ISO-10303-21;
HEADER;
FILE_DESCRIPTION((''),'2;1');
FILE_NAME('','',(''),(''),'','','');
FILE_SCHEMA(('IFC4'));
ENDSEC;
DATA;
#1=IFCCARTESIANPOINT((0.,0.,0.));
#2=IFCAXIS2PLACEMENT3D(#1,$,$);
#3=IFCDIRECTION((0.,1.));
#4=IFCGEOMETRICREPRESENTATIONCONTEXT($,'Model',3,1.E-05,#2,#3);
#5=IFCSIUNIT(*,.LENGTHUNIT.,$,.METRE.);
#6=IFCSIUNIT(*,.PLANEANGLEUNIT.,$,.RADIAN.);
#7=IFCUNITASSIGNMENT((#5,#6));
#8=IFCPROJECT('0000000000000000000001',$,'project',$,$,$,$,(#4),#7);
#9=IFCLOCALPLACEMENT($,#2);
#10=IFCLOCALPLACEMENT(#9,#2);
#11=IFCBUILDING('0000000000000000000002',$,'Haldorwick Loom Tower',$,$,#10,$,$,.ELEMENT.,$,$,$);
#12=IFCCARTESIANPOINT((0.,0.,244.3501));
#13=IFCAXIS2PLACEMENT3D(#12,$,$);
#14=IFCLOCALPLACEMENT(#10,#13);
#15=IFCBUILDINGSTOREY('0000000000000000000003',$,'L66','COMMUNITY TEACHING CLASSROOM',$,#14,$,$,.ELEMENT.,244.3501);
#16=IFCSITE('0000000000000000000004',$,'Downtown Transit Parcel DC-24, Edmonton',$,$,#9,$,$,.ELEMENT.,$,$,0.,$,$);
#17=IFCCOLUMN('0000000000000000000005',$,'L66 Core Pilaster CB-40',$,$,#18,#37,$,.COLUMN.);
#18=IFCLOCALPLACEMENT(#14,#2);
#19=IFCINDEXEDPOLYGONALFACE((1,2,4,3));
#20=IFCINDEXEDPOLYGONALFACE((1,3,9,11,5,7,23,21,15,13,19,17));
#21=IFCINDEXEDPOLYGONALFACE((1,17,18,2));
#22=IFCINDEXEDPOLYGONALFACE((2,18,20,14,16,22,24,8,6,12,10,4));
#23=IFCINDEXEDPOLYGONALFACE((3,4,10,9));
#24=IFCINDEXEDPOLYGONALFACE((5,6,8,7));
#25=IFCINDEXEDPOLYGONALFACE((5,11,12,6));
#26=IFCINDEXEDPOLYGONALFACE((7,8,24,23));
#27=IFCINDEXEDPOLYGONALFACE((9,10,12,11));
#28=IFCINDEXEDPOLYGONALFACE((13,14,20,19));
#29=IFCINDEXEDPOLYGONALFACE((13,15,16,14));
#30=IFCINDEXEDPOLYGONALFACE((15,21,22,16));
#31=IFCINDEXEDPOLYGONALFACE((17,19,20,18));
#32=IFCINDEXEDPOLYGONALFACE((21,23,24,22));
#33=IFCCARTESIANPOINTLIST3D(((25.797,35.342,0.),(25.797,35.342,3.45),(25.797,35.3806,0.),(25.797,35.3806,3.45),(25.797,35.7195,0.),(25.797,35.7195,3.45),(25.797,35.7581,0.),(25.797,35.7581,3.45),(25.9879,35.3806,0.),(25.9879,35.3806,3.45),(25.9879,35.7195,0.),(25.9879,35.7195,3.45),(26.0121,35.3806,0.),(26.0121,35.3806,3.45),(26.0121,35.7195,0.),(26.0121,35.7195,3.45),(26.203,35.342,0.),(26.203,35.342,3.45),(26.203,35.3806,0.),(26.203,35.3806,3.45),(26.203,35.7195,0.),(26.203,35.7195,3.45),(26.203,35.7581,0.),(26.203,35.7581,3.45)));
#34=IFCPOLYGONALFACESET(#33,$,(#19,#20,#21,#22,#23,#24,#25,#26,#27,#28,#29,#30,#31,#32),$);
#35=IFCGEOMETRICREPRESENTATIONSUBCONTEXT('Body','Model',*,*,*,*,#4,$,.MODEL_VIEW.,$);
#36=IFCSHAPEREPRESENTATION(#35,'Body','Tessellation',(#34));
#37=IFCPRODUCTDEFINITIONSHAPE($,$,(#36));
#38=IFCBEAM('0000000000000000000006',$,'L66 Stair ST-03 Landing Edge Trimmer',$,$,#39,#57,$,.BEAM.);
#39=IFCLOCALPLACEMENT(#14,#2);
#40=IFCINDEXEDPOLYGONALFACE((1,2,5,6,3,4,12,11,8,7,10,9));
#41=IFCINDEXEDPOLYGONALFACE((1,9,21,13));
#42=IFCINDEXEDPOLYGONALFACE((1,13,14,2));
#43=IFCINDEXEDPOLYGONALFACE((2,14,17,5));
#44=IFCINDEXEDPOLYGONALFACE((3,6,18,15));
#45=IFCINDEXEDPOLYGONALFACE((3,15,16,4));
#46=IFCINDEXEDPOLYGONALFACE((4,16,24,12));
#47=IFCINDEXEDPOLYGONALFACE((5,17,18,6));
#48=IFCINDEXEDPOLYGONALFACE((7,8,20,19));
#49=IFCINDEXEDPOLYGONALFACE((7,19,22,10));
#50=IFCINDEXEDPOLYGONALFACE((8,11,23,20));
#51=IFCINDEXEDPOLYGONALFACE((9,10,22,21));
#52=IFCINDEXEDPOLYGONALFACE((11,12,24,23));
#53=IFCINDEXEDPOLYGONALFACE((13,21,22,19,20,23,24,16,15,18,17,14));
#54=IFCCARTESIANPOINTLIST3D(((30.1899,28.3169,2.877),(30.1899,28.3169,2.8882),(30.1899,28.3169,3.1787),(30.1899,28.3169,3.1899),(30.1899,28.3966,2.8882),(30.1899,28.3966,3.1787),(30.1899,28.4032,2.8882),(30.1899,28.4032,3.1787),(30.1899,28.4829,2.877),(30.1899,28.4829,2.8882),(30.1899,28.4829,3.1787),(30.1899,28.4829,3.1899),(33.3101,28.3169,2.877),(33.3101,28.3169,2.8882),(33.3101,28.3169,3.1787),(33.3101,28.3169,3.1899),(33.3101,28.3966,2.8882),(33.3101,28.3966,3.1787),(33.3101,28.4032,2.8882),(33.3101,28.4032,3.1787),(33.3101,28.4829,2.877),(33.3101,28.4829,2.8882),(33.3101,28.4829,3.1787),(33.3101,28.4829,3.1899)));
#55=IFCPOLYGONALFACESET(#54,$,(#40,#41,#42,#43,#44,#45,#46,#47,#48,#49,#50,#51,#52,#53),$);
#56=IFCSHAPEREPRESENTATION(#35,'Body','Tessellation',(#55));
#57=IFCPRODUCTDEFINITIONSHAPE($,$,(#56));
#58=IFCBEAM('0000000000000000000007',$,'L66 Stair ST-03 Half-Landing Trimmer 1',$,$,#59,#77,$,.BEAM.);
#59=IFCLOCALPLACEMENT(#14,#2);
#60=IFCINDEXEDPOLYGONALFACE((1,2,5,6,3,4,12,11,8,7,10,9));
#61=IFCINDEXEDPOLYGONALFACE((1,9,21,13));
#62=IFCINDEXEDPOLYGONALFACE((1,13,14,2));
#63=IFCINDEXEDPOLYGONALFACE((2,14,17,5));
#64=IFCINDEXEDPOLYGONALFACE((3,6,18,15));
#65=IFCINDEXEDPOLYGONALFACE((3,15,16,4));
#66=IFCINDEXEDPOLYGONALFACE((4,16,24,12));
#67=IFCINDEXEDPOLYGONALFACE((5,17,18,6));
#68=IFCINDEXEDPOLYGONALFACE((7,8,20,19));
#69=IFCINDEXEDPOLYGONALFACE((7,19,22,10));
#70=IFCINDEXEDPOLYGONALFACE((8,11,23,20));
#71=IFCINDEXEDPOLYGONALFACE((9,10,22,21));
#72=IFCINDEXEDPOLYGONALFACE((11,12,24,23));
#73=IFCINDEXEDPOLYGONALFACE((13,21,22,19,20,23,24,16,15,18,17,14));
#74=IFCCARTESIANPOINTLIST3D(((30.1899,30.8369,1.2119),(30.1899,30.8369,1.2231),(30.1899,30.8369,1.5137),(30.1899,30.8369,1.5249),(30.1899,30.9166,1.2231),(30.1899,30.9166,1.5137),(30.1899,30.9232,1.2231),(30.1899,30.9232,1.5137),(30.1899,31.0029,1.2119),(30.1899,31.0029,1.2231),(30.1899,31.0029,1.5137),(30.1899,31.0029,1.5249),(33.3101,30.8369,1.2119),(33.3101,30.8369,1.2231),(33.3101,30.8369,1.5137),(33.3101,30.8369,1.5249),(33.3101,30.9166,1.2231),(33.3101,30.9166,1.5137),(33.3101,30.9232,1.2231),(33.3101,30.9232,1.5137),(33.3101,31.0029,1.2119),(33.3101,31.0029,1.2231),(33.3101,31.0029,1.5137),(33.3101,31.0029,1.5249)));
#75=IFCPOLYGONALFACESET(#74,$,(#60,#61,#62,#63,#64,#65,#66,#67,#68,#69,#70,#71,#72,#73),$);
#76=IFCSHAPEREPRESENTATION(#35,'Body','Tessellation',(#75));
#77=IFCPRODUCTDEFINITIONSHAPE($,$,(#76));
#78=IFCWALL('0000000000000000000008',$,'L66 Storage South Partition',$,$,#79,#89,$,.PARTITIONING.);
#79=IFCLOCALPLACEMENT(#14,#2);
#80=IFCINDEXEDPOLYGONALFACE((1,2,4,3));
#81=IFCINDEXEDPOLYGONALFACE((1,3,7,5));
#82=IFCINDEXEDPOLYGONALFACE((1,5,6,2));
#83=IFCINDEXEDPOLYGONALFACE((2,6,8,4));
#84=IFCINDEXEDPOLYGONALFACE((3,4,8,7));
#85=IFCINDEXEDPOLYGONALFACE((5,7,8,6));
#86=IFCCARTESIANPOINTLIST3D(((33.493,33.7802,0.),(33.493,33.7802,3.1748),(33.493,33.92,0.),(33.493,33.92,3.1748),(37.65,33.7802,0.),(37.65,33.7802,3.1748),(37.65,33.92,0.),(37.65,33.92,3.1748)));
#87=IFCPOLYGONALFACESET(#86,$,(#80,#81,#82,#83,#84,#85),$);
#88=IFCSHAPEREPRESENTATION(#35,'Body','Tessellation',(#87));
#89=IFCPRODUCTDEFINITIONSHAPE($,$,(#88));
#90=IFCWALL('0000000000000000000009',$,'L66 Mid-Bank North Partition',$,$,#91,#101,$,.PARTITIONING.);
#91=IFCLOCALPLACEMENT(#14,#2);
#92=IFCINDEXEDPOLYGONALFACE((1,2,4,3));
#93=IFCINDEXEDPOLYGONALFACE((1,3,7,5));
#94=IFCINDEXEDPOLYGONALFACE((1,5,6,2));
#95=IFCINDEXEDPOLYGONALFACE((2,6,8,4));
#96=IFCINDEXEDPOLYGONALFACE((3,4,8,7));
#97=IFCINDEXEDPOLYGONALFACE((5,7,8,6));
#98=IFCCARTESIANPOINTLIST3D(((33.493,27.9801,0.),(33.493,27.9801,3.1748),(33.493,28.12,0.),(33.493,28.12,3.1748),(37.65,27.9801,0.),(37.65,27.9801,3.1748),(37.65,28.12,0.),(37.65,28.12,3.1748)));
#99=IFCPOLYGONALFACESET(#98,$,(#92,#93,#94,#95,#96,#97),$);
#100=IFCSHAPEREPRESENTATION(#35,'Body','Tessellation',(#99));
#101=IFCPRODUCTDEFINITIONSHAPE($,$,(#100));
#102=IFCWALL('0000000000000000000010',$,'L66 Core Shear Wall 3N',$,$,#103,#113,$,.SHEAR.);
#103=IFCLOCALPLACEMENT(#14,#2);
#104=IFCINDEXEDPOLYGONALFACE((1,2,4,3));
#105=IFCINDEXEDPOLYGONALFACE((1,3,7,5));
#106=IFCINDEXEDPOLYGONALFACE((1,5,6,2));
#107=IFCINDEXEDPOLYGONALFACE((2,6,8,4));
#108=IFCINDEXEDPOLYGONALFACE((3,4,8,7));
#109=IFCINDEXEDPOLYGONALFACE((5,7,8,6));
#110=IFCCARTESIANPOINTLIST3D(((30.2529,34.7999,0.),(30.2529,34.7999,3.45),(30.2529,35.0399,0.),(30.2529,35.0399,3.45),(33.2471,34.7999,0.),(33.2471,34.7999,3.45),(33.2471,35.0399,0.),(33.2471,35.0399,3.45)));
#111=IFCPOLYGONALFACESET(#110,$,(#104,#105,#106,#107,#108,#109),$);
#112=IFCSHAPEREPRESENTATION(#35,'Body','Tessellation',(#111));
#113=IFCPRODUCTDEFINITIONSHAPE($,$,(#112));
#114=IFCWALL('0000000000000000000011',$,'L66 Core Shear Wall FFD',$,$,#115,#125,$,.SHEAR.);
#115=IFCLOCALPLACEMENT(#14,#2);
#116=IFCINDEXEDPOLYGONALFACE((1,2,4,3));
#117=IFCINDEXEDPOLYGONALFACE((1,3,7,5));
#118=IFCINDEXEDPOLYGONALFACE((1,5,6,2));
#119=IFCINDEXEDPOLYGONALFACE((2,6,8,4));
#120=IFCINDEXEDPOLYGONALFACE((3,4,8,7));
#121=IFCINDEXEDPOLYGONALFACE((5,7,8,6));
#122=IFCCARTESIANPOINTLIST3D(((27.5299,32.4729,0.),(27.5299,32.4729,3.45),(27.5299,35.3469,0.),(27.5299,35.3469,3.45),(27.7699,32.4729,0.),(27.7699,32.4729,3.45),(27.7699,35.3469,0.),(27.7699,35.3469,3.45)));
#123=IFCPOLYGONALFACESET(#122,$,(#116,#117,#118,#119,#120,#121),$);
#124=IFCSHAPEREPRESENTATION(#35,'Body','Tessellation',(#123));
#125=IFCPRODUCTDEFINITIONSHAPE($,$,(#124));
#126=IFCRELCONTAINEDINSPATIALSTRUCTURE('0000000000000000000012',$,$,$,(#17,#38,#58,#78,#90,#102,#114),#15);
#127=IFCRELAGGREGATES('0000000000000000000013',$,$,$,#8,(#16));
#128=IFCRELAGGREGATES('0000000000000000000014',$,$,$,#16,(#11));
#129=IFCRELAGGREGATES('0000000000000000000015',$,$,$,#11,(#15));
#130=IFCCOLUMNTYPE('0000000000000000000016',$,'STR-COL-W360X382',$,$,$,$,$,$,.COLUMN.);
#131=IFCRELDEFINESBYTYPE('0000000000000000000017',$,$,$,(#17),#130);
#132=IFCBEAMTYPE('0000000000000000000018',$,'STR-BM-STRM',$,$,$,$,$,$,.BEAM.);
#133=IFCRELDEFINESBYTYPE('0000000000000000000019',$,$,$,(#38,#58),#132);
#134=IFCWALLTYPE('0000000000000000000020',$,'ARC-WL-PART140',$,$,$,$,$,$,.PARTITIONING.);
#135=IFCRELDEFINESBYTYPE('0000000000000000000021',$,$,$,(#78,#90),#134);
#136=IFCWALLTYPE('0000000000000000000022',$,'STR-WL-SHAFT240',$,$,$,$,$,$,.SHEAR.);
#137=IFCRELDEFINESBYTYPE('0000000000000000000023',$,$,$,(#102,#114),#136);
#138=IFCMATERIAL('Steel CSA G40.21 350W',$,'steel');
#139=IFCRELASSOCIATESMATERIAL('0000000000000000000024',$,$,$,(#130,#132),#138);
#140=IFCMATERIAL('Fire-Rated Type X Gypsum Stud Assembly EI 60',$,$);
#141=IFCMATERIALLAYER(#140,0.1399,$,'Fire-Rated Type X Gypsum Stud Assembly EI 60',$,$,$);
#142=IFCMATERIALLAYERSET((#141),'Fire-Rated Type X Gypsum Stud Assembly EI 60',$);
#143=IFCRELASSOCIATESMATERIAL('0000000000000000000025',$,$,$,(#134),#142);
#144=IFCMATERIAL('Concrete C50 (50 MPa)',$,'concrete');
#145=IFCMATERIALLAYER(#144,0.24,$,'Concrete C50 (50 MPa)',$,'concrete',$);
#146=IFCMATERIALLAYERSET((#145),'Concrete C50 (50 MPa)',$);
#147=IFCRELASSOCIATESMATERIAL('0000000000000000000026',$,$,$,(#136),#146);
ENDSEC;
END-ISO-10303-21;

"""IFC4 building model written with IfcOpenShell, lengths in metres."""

from ifc_helpers import new_model, si_unit, direction, frame, frame_2d, origin, origin_2d, place, context, subcontext, project, spatial, rectangle, i_section, extrude, material, layer, layer_set, material_profile, profile_set, type_object, element, save


model = new_model("IFC4")

# Units and contexts
model_context = context("Model", 3, precision=1e-05, world=origin(), true_north=direction((0.0, 1.0)))
body_context = subcontext(model_context, "Body", "Model", "MODEL_VIEW")
ifc_project = project(units=[si_unit("LENGTHUNIT", "METRE"), si_unit("PLANEANGLEUNIT", "RADIAN")], contexts=[model_context])

# Site, building, storey
site_placement = place(None, origin())
site = spatial("IfcSite", under=ifc_project, at=site_placement, Name="Downtown Transit Parcel DC-24, Edmonton", CompositionType="ELEMENT", RefElevation=0.0)
building_placement = place(site_placement, origin())
building = spatial("IfcBuilding", under=site, at=building_placement, Name="Haldorwick Loom Tower", CompositionType="ELEMENT")
storey_placement = place(building_placement, frame((0.0, 0.0, 244.3501)))
storey = spatial("IfcBuildingStorey", under=building, at=storey_placement, Name="L66", Description="COMMUNITY TEACHING CLASSROOM", CompositionType="ELEMENT", Elevation=244.3501)

# Column
ifc_material_1 = material(Name="Steel CSA G40.21 350W", Category="steel")
ifc_material_profile_1 = material_profile(ifc_material_1, i_section(OverallWidth=0.406, OverallDepth=0.416, WebThickness=0.0242, FlangeThickness=0.0386, at=origin_2d()), Name="W360X382", Category="steel")
ifc_profile_set_1 = profile_set([ifc_material_profile_1], Name="Steel CSA G40.21 350W")
column_type = type_object("IfcColumnType", Name="STR-COL-W360X382", PredefinedType="COLUMN", material=ifc_profile_set_1)
column_placement = place(storey_placement, frame((26.0, 35.55, 0.0), z_axis=(0.0, 0.0, 1.0), x_axis=(1.0, 0.0, 0.0)))
element("IfcColumn", 1, at=column_placement, inside=storey, type_object=column_type, Name="L66 Core Pilaster CB-40", PredefinedType="COLUMN", context=body_context, shape_type="SweptSolid", body=[
    extrude(i_section(OverallWidth=0.406, OverallDepth=0.416, WebThickness=0.0242, FlangeThickness=0.0386, at=origin_2d()), origin(), (0.0, 0.0, 1.0), 3.45),
])

# Beams
ifc_material_profile_2 = material_profile(ifc_material_1, i_section(OverallWidth=0.166, OverallDepth=0.313, WebThickness=0.0066, FlangeThickness=0.0112, at=origin_2d()), Name="W310X45", Category="steel")
ifc_profile_set_2 = profile_set([ifc_material_profile_2], Name="Steel CSA G40.21 350W")
beam_type = type_object("IfcBeamType", Name="STR-BM-STRM", PredefinedType="BEAM", material=ifc_profile_set_2)
for number, where, z_axis, x_axis, name in (
    (2, (30.1899, 28.3999, 3.0334), (1.0, 0.0, 0.0), (0.0, 1.0, 0.0), "L66 Stair ST-03 Landing Edge Trimmer"),
    (3, (30.1899, 30.9199, 1.3684), (1.0, 0.0, 0.0), (0.0, 1.0, 0.0), "L66 Stair ST-03 Half-Landing Trimmer 1"),
):
    element("IfcBeam", number, at=place(storey_placement, frame(where, z_axis=z_axis, x_axis=x_axis)), inside=storey, type_object=beam_type, Name=name, PredefinedType="BEAM", context=body_context, shape_type="SweptSolid", body=[
        extrude(i_section(OverallWidth=0.166, OverallDepth=0.313, WebThickness=0.0066, FlangeThickness=0.0112, at=origin_2d()), origin(), (0.0, 0.0, 1.0), 3.1201),
    ])

# Walls
ifc_material_2 = material(Name="Fire-Rated Type X Gypsum Stud Assembly EI 60")
ifc_layer_1 = layer(ifc_material_2, 0.1399, Name="Fire-Rated Type X Gypsum Stud Assembly EI 60")
ifc_layer_set_1 = layer_set([ifc_layer_1], Name="Fire-Rated Type X Gypsum Stud Assembly EI 60")
wall_type_1 = type_object("IfcWallType", Name="ARC-WL-PART140", PredefinedType="PARTITIONING", material=ifc_layer_set_1)
for number, where, z_axis, x_axis, name in (
    (4, (33.4929, 33.8501, 0.0), (0.0, 0.0, 1.0), (1.0, 0.0, 0.0), "L66 Storage South Partition"),
    (5, (33.4929, 28.05, 0.0), (0.0, 0.0, 1.0), (1.0, 0.0, 0.0), "L66 Mid-Bank North Partition"),
):
    element("IfcWall", number, at=place(storey_placement, frame(where, z_axis=z_axis, x_axis=x_axis)), inside=storey, type_object=wall_type_1, Name=name, PredefinedType="PARTITIONING", context=body_context, shape_type="SweptSolid", body=[
        extrude(rectangle(XDim=4.157, YDim=0.1399, at=frame_2d((2.0786, 0.0))), origin(), (0.0, 0.0, 1.0), 3.1748),
    ])
ifc_material_3 = material(Name="Concrete C50 (50 MPa)", Category="concrete")
ifc_layer_2 = layer(ifc_material_3, 0.24, Name="Concrete C50 (50 MPa)", Category="concrete")
ifc_layer_set_2 = layer_set([ifc_layer_2], Name="Concrete C50 (50 MPa)")
wall_type_2 = type_object("IfcWallType", Name="STR-WL-SHAFT240", PredefinedType="SHEAR", material=ifc_layer_set_2)
wall_1_placement = place(storey_placement, frame((30.2529, 34.9199, 0.0), z_axis=(0.0, 0.0, 1.0), x_axis=(1.0, 0.0, 0.0)))
element("IfcWall", 6, at=wall_1_placement, inside=storey, type_object=wall_type_2, Name="L66 Core Shear Wall 3N", PredefinedType="SHEAR", context=body_context, shape_type="SweptSolid", body=[
    extrude(rectangle(XDim=2.9941, YDim=0.24, at=frame_2d((1.4971, 0.0))), origin(), (0.0, 0.0, 1.0), 3.45),
])
wall_2_placement = place(storey_placement, frame((27.6499, 32.4729, 0.0), z_axis=(0.0, 0.0, 1.0), x_axis=(0.0, 1.0, 0.0)))
element("IfcWall", 7, at=wall_2_placement, inside=storey, type_object=wall_type_2, Name="L66 Core Shear Wall FFD", PredefinedType="SHEAR", context=body_context, shape_type="SweptSolid", body=[
    extrude(rectangle(XDim=2.874, YDim=0.24, at=frame_2d((1.437, 0.0))), origin(), (0.0, 0.0, 1.0), 3.45),
])

save(model, "model.ifc")
